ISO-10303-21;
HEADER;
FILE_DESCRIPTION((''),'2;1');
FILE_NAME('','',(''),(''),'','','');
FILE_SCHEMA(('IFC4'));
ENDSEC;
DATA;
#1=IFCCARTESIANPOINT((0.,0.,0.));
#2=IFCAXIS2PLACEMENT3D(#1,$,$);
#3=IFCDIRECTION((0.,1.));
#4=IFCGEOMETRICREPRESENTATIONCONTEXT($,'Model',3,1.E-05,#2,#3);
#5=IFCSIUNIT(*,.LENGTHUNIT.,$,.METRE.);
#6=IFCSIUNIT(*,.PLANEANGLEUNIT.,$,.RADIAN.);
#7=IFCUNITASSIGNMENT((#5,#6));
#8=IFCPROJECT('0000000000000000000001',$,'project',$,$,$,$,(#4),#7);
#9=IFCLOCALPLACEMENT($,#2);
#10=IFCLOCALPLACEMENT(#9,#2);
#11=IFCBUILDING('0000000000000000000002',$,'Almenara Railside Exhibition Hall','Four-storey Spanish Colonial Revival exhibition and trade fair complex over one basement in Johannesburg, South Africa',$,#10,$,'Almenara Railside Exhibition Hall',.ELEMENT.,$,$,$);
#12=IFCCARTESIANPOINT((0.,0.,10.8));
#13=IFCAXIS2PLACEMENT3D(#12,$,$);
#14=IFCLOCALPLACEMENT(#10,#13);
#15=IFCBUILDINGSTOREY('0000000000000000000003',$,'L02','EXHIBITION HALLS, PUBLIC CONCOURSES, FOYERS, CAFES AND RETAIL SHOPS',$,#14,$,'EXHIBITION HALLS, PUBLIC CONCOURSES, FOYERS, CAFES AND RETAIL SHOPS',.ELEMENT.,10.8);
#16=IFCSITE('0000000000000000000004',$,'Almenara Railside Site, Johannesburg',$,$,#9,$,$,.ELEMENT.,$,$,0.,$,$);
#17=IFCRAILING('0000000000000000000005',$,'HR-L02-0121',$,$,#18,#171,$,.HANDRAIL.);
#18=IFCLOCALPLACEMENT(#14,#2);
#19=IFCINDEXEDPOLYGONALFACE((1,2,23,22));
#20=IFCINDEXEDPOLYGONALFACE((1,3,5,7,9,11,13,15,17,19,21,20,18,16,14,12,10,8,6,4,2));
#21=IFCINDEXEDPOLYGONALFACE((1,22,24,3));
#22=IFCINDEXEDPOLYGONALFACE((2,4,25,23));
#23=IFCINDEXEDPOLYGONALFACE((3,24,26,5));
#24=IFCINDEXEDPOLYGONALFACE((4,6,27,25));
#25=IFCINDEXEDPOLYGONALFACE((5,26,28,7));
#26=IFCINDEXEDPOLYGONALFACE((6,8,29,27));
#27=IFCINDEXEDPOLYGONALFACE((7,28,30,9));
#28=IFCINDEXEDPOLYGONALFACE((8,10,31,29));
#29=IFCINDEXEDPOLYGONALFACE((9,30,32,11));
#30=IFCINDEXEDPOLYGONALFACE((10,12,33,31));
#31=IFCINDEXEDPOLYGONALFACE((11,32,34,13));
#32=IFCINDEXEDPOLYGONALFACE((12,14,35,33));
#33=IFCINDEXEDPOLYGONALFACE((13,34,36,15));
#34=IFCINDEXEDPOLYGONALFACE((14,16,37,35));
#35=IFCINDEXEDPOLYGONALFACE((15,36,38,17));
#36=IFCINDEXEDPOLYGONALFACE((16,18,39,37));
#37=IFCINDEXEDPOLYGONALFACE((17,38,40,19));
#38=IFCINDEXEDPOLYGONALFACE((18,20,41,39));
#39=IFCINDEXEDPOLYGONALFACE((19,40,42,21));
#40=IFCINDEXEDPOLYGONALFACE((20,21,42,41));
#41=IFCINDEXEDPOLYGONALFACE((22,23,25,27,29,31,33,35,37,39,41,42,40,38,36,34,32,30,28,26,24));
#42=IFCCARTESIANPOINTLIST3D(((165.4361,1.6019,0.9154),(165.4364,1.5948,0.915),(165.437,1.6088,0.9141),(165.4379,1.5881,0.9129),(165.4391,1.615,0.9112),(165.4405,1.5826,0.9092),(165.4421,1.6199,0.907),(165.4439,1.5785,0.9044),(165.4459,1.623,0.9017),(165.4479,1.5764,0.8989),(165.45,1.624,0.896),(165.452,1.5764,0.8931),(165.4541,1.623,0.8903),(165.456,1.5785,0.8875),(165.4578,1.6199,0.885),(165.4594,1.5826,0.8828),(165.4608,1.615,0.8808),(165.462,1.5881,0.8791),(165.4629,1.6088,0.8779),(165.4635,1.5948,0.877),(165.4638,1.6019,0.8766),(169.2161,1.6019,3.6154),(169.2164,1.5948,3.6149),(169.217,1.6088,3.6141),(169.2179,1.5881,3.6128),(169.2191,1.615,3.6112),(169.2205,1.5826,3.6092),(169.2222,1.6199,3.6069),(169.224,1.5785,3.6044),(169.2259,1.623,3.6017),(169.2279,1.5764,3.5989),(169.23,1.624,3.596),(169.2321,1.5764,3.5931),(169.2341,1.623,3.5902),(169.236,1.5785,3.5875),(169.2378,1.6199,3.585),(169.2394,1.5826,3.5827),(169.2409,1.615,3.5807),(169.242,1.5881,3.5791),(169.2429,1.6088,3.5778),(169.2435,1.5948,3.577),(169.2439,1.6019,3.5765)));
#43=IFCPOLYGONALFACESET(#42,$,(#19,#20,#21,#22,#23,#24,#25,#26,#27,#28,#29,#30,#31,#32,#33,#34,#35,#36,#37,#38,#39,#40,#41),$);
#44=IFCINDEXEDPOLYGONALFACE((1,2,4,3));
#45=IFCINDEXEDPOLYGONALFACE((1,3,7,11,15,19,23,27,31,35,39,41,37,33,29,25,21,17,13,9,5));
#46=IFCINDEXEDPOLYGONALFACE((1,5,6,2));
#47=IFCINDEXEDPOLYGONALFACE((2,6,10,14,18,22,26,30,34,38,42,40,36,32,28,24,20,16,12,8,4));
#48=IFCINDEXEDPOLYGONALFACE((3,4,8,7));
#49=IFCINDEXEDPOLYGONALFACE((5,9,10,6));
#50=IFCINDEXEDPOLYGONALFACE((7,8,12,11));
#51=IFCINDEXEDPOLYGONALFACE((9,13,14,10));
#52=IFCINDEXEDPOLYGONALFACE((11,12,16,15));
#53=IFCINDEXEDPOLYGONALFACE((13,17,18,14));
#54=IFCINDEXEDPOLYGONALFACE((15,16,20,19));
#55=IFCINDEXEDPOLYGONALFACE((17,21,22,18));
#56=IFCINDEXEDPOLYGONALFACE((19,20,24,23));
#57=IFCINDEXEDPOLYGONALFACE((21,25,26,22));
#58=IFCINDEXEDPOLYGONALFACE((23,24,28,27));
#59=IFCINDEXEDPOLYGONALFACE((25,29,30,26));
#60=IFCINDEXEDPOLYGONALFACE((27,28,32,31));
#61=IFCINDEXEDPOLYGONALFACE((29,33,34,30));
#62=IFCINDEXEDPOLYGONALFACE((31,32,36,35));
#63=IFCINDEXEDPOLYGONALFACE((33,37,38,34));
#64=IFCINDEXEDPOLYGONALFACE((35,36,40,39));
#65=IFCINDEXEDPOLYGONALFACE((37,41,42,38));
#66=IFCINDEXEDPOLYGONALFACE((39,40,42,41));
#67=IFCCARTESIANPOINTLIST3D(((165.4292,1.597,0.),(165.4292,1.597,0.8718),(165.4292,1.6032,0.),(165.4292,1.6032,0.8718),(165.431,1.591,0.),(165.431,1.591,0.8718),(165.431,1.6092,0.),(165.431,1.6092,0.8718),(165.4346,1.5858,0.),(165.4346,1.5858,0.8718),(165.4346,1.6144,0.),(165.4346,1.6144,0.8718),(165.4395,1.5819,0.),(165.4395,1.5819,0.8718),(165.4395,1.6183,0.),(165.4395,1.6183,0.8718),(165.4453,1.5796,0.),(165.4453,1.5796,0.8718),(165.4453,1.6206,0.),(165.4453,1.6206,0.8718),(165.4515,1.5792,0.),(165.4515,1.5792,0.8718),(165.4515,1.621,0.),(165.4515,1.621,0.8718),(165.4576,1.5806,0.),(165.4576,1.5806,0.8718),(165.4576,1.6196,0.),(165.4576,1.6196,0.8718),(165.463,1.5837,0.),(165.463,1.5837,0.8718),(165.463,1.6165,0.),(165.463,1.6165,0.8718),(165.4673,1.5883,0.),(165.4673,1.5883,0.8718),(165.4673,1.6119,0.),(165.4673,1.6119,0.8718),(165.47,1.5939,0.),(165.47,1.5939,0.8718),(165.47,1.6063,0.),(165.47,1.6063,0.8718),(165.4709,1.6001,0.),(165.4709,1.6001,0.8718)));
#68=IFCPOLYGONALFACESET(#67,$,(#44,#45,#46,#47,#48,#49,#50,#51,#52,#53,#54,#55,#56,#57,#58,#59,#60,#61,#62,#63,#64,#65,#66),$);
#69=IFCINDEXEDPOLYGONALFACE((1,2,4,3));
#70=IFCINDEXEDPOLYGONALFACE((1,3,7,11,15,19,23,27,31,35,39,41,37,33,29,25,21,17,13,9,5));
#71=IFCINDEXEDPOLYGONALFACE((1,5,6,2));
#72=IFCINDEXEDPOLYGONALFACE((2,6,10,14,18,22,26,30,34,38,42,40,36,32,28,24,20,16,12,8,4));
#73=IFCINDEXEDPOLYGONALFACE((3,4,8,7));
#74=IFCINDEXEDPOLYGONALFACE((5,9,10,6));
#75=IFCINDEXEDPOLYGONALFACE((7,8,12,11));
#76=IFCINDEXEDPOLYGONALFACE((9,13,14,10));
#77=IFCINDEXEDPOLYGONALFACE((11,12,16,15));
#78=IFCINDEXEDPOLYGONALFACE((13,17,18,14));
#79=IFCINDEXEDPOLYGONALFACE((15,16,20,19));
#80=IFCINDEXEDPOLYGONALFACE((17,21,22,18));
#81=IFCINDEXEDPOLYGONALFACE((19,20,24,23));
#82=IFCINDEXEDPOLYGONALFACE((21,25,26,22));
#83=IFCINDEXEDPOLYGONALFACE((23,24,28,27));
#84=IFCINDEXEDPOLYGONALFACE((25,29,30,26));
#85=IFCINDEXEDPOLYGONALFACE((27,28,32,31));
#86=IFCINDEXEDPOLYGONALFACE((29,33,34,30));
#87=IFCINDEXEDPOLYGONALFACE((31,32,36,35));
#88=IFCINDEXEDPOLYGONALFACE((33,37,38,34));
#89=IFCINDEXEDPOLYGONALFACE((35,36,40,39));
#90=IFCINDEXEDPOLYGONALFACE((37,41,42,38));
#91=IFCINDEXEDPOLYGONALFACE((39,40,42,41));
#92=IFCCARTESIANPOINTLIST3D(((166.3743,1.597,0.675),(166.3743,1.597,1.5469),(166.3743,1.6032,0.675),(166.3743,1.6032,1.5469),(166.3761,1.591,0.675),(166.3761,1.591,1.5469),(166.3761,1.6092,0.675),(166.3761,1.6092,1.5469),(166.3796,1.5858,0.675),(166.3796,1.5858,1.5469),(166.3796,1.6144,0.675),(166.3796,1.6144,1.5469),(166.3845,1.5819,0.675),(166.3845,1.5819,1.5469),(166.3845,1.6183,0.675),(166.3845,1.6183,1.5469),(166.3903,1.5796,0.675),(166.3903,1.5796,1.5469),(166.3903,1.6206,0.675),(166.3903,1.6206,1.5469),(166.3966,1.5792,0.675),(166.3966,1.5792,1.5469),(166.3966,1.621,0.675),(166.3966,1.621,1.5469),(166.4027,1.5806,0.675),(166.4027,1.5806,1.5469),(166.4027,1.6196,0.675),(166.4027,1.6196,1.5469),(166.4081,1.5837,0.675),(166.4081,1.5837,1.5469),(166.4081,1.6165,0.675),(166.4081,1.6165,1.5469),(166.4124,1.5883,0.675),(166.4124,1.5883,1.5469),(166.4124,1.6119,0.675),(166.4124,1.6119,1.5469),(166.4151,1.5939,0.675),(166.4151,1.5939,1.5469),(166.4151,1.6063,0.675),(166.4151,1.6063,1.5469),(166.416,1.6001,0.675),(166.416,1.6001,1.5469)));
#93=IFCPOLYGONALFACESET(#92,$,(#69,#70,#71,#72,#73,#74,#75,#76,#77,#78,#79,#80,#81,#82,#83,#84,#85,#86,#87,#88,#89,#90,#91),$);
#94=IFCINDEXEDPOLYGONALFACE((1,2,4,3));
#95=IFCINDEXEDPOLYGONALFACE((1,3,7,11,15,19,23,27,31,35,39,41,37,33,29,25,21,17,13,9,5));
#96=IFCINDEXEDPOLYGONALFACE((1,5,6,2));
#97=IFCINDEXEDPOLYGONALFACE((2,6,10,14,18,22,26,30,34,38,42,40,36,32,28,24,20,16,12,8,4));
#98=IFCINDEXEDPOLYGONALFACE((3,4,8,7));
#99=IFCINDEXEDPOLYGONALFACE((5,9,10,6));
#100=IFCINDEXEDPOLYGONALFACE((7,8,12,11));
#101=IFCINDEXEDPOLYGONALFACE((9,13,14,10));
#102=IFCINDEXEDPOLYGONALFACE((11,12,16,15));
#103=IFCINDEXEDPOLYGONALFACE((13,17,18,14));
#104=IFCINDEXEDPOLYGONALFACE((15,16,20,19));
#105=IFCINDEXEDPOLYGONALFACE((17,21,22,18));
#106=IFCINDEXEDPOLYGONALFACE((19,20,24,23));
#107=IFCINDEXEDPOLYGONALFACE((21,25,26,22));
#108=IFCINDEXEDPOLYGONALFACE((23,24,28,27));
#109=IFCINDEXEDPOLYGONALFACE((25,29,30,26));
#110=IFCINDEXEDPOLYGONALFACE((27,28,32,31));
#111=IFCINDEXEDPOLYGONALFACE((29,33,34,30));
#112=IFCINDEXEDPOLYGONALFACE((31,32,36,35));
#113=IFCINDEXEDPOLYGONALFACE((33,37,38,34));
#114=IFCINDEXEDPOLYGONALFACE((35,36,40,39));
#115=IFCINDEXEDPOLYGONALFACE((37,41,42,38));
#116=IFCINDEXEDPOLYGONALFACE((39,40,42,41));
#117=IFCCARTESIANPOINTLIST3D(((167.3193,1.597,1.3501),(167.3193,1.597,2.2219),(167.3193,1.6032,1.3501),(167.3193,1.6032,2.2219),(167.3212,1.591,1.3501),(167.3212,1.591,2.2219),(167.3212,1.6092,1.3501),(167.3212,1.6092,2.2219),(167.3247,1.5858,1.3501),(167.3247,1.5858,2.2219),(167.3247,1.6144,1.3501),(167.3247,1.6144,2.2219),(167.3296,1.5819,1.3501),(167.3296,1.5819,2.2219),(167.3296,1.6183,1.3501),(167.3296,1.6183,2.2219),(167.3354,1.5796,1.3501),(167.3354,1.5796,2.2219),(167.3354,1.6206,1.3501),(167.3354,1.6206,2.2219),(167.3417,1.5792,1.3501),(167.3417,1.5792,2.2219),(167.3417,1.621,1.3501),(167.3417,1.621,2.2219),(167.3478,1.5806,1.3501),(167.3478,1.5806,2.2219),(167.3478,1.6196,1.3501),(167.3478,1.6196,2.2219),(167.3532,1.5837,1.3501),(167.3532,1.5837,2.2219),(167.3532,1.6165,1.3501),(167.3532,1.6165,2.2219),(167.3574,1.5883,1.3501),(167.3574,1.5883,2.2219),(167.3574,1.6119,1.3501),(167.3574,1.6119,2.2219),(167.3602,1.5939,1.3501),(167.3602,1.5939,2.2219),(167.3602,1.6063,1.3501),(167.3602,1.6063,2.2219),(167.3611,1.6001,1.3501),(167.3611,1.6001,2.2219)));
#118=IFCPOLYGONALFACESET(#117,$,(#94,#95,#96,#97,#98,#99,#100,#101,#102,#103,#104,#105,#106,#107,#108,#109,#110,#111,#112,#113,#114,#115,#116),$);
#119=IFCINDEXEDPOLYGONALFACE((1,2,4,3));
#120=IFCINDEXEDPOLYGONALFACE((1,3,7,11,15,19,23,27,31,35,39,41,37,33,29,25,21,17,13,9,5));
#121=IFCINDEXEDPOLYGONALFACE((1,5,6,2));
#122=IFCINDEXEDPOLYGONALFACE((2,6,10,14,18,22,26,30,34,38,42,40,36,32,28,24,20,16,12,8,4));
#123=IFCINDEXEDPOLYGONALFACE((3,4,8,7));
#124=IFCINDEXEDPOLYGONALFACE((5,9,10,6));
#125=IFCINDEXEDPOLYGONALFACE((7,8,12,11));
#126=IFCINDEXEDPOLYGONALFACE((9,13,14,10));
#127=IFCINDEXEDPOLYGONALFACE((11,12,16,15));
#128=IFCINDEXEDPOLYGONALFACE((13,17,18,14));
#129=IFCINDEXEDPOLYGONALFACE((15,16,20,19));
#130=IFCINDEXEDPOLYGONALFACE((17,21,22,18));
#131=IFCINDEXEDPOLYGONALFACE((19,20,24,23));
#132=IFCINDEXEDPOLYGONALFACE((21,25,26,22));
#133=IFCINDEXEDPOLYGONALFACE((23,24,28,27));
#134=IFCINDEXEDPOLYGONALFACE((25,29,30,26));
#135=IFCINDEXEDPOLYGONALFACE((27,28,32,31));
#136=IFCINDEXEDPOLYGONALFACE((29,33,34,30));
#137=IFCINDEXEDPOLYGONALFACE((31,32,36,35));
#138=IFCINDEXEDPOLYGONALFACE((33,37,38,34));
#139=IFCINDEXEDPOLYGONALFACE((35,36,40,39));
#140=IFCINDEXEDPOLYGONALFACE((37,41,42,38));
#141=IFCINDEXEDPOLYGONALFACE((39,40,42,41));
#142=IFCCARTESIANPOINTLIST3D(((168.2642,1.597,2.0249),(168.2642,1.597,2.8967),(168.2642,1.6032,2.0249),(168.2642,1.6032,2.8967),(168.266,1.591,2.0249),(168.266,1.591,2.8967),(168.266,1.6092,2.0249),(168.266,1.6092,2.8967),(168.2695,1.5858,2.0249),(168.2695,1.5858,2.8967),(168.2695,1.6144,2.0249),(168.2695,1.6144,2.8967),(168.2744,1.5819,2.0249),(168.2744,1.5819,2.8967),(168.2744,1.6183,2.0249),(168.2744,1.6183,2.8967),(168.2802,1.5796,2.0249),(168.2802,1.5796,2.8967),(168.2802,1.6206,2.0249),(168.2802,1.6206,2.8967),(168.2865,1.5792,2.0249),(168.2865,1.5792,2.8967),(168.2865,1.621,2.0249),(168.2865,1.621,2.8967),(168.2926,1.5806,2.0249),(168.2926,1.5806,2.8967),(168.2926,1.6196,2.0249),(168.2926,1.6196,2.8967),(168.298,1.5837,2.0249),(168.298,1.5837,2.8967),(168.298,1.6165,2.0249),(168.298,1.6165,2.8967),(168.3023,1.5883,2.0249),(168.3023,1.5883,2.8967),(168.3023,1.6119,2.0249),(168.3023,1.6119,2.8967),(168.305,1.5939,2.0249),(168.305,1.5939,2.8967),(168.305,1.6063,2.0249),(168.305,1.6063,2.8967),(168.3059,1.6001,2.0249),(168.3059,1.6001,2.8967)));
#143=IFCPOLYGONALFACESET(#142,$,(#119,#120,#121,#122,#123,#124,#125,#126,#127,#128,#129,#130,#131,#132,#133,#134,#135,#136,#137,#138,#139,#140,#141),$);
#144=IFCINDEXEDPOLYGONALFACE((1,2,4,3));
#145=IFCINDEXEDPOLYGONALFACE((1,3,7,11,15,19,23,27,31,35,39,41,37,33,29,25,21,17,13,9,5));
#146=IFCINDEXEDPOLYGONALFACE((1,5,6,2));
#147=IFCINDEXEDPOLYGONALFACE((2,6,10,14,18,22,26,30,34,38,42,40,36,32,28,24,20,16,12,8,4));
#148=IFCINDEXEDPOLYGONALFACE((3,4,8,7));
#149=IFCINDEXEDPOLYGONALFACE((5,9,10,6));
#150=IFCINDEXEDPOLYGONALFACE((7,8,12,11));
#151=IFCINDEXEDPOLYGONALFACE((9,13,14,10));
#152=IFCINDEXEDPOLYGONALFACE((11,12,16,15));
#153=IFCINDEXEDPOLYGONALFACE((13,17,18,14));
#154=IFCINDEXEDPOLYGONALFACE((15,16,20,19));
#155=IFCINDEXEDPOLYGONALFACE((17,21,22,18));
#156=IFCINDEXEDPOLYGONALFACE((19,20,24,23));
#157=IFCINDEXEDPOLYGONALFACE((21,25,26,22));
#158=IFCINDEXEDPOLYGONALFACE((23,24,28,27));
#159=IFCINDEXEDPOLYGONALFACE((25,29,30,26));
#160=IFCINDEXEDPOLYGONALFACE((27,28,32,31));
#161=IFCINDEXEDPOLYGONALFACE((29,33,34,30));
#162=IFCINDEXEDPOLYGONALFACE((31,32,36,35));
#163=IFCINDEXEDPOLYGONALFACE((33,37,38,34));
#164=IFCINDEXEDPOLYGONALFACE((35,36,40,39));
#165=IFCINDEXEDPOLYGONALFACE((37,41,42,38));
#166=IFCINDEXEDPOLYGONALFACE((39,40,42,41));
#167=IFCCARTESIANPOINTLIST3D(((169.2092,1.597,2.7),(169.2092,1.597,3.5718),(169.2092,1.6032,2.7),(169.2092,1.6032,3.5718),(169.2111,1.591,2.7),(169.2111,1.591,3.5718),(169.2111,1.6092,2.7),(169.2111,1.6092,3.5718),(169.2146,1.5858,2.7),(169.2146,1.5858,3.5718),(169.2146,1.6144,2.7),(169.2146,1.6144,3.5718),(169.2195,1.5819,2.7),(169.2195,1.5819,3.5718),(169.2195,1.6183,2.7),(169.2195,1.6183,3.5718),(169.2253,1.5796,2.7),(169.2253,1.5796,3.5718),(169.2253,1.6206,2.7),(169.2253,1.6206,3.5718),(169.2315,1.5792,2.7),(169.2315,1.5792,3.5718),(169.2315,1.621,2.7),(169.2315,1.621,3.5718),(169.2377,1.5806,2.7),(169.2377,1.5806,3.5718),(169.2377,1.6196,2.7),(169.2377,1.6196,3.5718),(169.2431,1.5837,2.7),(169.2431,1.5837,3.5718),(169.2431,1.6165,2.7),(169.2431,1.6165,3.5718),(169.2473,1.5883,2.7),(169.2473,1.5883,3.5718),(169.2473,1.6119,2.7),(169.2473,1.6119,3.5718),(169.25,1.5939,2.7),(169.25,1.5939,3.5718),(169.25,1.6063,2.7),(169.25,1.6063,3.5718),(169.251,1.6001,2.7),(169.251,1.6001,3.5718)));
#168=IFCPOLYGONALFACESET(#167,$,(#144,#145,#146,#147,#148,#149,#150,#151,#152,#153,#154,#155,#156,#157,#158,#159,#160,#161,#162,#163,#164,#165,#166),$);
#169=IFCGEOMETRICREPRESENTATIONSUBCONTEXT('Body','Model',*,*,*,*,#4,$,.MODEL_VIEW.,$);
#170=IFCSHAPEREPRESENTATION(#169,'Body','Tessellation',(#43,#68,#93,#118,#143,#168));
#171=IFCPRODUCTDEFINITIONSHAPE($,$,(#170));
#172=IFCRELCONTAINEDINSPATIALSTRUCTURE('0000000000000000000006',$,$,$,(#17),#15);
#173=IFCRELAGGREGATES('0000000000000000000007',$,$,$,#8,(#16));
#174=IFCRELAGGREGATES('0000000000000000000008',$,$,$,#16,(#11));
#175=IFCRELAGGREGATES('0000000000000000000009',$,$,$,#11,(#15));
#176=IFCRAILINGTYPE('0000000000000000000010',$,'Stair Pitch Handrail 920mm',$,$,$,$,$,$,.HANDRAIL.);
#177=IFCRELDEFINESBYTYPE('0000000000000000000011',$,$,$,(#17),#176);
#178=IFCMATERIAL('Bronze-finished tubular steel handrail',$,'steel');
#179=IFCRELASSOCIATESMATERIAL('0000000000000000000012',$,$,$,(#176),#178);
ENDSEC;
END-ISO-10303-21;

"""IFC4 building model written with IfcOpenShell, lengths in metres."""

from ifc_helpers import new_model, si_unit, direction, frame, origin, origin_2d, place, context, subcontext, project, spatial, circle, extrude, material, type_object, element, save


model = new_model("IFC4")

# Units and contexts
model_context = context("Model", 3, precision=1e-05, world=origin(), true_north=direction((0.0, 1.0)))
body_context = subcontext(model_context, "Body", "Model", "MODEL_VIEW")
ifc_project = project(units=[si_unit("LENGTHUNIT", "METRE"), si_unit("PLANEANGLEUNIT", "RADIAN")], contexts=[model_context])

# Site, building, storey
site_placement = place(None, origin())
site = spatial("IfcSite", under=ifc_project, at=site_placement, Name="Almenara Railside Site, Johannesburg", CompositionType="ELEMENT", RefElevation=0.0)
building_placement = place(site_placement, origin())
building = spatial("IfcBuilding", under=site, at=building_placement, Name="Almenara Railside Exhibition Hall", Description="Four-storey Spanish Colonial Revival exhibition and trade fair complex over one basement in Johannesburg, South Africa", LongName="Almenara Railside Exhibition Hall", CompositionType="ELEMENT")
storey_placement = place(building_placement, frame((0.0, 0.0, 10.8)))
storey = spatial("IfcBuildingStorey", under=building, at=storey_placement, Name="L02", Description="EXHIBITION HALLS, PUBLIC CONCOURSES, FOYERS, CAFES AND RETAIL SHOPS", LongName="EXHIBITION HALLS, PUBLIC CONCOURSES, FOYERS, CAFES AND RETAIL SHOPS", CompositionType="ELEMENT", Elevation=10.8)

# Railing
ifc_material_1 = material(Name="Bronze-finished tubular steel handrail", Category="steel")
railing_type_1 = type_object("IfcRailingType", Name="Stair Pitch Handrail 920mm", PredefinedType="HANDRAIL", material=ifc_material_1)
railing_1_placement = place(storey_placement, frame((165.45, 1.6001, 0.0)))
element("IfcRailing", 1, at=railing_1_placement, inside=storey, type_object=railing_type_1, Name="HR-L02-0121", PredefinedType="HANDRAIL", context=body_context, shape_type="SweptSolid", body=[
    extrude(circle(Radius=0.0239, at=origin_2d()), frame((0.0, 0.0, 0.896), z_axis=(0.813741, 0.0, 0.581228), x_axis=(0.0, 1.0, 0.0)), (0.0, 0.0, 1.0), 4.6453),
    extrude(circle(Radius=0.021, at=origin_2d()), origin(), (0.0, 0.0, 1.0), 0.8718),
    extrude(circle(Radius=0.021, at=origin_2d()), frame((0.9451, 0.0, 0.675)), (0.0, 0.0, 1.0), 0.8718),
    extrude(circle(Radius=0.021, at=origin_2d()), frame((1.8901, 0.0, 1.3501)), (0.0, 0.0, 1.0), 0.8718),
    extrude(circle(Radius=0.021, at=origin_2d()), frame((2.835, 0.0, 2.0249)), (0.0, 0.0, 1.0), 0.8718),
    extrude(circle(Radius=0.021, at=origin_2d()), frame((3.78, 0.0, 2.7)), (0.0, 0.0, 1.0), 0.8718),
])

save(model, "model.ifc")
